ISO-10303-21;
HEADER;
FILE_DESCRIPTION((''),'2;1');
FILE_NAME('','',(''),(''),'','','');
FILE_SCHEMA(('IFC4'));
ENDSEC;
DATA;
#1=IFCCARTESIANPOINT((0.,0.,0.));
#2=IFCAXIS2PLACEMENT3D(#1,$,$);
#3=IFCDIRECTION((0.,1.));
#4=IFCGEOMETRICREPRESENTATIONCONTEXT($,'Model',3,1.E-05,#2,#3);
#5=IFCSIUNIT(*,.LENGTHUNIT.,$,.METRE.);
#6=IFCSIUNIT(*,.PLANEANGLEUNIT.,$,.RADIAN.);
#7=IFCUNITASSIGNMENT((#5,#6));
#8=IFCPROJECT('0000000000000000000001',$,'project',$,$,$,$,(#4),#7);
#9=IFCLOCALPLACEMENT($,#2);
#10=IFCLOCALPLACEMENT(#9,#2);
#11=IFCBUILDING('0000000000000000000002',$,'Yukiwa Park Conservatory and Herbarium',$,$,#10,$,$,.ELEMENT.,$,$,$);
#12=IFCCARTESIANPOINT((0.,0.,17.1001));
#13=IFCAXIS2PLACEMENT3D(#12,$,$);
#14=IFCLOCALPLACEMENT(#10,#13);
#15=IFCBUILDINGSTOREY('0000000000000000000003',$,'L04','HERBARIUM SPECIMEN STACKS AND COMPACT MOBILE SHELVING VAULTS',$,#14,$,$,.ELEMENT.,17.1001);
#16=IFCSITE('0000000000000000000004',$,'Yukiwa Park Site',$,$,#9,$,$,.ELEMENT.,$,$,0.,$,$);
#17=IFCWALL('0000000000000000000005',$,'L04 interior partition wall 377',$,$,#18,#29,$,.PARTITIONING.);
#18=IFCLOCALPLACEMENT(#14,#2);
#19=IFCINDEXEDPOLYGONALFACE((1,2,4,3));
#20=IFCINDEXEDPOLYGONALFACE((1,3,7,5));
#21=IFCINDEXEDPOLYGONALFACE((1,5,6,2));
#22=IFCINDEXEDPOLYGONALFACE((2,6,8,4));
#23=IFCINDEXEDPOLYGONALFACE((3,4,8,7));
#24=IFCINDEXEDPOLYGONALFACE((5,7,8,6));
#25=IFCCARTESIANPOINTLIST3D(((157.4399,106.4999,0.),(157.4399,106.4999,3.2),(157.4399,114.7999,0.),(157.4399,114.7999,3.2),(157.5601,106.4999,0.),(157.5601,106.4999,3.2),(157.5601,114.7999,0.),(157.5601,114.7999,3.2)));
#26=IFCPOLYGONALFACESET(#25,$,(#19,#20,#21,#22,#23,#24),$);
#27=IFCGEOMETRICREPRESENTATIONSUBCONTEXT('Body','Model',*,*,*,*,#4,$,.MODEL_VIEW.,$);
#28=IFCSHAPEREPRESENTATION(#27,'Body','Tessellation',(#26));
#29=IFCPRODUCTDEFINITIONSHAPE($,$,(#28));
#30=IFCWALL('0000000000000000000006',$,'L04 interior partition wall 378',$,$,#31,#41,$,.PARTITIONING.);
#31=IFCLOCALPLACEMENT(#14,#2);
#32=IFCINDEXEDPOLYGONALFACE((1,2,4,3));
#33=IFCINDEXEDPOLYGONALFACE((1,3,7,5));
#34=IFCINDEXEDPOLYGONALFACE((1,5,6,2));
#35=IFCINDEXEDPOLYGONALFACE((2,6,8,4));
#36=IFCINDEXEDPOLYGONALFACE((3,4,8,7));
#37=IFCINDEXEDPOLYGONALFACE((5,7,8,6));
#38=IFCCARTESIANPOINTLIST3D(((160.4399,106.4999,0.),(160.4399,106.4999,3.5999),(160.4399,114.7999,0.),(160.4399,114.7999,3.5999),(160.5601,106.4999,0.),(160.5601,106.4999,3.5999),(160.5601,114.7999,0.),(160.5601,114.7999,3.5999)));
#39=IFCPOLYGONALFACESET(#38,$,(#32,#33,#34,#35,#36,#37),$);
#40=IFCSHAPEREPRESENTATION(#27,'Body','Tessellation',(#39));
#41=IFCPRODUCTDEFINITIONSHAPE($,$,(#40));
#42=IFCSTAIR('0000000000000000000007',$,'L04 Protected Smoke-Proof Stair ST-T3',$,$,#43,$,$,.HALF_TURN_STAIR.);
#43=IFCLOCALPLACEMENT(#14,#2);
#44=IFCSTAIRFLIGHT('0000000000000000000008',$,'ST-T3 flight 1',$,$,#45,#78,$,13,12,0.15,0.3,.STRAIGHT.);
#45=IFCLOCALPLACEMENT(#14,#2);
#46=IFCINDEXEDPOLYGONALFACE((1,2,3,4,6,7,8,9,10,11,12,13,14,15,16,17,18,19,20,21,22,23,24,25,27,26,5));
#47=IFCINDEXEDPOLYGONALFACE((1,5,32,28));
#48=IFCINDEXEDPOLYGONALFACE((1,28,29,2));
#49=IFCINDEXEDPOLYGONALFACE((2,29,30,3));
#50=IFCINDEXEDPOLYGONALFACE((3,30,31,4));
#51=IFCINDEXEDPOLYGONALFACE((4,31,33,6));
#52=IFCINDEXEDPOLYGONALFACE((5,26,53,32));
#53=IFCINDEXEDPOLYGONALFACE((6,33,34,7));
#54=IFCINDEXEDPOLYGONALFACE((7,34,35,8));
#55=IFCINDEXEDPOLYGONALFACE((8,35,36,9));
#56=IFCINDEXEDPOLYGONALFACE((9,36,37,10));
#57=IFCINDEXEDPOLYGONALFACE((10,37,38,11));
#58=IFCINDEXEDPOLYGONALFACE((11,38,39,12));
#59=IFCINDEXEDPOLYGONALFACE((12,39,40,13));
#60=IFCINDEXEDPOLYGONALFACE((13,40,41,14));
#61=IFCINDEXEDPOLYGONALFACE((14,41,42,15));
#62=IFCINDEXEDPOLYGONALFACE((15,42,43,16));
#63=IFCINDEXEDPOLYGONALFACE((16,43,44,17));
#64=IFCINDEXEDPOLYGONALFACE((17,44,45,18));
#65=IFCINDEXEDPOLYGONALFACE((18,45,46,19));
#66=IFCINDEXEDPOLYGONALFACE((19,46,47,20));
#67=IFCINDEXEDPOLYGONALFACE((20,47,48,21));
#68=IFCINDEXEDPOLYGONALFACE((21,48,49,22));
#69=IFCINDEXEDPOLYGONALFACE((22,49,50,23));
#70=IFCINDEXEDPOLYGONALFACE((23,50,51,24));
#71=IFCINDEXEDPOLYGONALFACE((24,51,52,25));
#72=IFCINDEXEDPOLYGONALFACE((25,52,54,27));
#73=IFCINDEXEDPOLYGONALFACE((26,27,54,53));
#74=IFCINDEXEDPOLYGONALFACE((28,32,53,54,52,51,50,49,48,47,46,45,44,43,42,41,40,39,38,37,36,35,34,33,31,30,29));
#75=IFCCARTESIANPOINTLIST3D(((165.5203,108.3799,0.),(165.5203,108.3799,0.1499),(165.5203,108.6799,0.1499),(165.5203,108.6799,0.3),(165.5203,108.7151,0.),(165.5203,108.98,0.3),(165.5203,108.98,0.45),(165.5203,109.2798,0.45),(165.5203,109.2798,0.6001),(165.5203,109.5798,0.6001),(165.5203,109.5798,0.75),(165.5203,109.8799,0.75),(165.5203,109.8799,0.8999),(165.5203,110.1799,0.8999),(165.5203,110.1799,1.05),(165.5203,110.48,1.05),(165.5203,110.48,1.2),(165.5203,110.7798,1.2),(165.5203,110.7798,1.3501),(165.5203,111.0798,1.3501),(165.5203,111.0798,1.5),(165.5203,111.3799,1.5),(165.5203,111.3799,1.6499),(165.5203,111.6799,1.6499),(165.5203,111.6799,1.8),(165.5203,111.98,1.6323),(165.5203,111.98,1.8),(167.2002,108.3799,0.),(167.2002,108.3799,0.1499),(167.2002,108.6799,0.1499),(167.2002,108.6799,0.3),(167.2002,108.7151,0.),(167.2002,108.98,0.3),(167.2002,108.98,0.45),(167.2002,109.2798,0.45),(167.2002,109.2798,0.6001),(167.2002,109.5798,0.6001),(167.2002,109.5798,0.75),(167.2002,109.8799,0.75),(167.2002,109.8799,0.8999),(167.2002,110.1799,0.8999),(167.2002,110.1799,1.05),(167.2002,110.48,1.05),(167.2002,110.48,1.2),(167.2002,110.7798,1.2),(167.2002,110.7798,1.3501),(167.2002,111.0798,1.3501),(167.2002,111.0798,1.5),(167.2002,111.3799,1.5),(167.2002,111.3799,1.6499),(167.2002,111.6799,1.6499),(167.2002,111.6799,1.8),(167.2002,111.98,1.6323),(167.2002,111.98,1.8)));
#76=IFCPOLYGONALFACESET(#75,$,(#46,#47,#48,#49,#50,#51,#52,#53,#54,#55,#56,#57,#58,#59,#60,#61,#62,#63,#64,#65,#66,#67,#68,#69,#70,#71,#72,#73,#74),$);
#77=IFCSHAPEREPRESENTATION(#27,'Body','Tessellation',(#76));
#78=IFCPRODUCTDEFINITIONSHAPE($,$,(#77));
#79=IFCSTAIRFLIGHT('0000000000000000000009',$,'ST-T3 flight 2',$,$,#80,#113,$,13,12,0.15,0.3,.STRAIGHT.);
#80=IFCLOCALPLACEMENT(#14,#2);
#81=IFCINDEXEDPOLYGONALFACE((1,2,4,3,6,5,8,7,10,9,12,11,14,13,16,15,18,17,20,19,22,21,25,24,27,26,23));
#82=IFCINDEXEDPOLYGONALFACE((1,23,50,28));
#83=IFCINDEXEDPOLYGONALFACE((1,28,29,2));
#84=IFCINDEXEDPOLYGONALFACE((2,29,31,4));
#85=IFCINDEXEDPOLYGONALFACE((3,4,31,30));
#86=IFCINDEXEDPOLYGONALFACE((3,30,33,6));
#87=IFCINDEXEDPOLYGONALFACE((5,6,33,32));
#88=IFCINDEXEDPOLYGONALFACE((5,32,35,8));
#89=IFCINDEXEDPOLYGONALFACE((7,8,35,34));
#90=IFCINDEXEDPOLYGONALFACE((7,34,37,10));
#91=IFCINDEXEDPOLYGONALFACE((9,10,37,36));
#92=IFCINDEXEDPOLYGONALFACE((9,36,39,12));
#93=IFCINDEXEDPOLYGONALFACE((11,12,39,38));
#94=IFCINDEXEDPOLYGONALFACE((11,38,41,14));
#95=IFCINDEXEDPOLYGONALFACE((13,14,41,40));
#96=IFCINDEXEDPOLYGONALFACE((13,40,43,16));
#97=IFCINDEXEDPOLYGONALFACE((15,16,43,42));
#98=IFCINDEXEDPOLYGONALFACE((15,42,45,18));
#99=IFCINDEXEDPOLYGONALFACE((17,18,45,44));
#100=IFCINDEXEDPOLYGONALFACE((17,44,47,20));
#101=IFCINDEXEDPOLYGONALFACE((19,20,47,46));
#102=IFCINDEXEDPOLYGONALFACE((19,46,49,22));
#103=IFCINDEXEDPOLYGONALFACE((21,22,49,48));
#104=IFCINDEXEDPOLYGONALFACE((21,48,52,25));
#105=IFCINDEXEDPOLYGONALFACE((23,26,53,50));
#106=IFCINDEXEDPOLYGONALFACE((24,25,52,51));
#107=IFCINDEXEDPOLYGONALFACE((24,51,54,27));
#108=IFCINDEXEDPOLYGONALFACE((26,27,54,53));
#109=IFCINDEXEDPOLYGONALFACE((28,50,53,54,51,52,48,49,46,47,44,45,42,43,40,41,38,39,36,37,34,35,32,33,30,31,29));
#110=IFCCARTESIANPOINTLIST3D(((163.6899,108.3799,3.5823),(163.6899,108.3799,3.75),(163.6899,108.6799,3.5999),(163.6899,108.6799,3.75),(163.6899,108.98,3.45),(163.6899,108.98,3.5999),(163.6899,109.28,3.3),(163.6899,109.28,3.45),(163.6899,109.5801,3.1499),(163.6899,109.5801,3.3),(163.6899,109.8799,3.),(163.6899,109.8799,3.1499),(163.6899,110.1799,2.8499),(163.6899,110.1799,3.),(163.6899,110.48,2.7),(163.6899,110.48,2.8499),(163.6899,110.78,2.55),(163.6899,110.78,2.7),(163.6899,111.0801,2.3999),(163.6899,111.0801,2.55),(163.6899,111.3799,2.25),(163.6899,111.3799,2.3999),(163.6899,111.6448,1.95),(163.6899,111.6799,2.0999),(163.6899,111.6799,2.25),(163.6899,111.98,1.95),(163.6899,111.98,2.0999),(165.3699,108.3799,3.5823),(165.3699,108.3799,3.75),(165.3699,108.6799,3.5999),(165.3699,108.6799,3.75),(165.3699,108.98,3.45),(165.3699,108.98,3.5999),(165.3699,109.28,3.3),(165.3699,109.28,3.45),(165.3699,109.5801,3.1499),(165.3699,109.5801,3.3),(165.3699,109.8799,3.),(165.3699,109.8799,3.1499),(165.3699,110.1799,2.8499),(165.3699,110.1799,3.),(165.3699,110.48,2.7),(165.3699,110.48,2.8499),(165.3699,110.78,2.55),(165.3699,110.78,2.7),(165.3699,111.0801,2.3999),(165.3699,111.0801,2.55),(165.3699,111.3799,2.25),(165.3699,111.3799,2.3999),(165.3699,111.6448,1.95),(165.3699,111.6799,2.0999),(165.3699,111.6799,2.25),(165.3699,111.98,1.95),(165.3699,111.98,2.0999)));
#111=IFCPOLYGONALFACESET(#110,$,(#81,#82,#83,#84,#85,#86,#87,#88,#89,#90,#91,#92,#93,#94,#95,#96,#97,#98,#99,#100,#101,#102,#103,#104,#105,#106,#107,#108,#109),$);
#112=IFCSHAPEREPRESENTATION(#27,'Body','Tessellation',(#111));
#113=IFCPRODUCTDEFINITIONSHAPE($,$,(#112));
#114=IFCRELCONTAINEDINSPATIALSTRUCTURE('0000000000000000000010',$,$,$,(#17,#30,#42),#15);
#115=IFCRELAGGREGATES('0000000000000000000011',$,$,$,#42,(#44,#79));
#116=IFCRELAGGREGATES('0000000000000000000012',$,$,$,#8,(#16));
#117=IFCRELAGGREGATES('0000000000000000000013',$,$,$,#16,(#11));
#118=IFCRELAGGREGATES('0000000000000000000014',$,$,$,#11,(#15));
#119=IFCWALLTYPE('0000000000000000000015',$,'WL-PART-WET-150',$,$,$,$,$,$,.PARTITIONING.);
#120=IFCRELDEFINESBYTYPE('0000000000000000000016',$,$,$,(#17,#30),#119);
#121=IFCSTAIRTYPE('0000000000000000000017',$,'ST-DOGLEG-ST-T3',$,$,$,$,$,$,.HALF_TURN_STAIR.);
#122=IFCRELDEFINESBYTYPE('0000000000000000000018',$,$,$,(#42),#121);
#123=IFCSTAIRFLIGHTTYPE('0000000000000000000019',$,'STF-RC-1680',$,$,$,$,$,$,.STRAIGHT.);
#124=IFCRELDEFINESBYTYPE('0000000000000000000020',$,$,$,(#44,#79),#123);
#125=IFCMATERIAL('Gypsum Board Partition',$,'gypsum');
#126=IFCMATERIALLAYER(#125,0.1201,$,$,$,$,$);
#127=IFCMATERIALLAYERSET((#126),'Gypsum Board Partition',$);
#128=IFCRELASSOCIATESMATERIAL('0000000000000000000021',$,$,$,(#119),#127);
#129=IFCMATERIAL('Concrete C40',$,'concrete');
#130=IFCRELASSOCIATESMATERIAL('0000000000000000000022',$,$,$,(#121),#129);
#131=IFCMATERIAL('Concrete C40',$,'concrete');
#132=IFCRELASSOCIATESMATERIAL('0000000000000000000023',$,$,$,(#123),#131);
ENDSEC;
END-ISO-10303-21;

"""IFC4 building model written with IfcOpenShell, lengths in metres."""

from ifc_helpers import new_model, si_unit, direction, frame, frame_2d, origin, place, context, subcontext, project, spatial, polyline, rectangle, outline, extrude, material, layer, layer_set, type_object, element, aggregate, save


model = new_model("IFC4")

# Units and contexts
model_context = context("Model", 3, precision=1e-05, world=origin(), true_north=direction((0.0, 1.0)))
body_context = subcontext(model_context, "Body", "Model", "MODEL_VIEW")
ifc_project = project(units=[si_unit("LENGTHUNIT", "METRE"), si_unit("PLANEANGLEUNIT", "RADIAN")], contexts=[model_context])

# Site, building, storey
site_placement = place(None, origin())
site = spatial("IfcSite", under=ifc_project, at=site_placement, Name="Yukiwa Park Site", CompositionType="ELEMENT", RefElevation=0.0)
building_placement = place(site_placement, origin())
building = spatial("IfcBuilding", under=site, at=building_placement, Name="Yukiwa Park Conservatory and Herbarium", CompositionType="ELEMENT")
storey_placement = place(building_placement, frame((0.0, 0.0, 17.1001)))
storey = spatial("IfcBuildingStorey", under=building, at=storey_placement, Name="L04", Description="HERBARIUM SPECIMEN STACKS AND COMPACT MOBILE SHELVING VAULTS", CompositionType="ELEMENT", Elevation=17.1001)

# Shared definitions
ifc_material_1 = material(Name="Gypsum Board Partition", Category="gypsum")
ifc_layer_1 = layer(ifc_material_1, 0.1201)
ifc_layer_set_1 = layer_set([ifc_layer_1], Name="Gypsum Board Partition")
wall_type_1 = type_object("IfcWallType", Name="WL-PART-WET-150", PredefinedType="PARTITIONING", material=ifc_layer_set_1)

# Walls
wall_1_placement = place(storey_placement, frame((157.5, 106.5, 0.0), z_axis=(0.0, 0.0, 1.0), x_axis=(0.0, 1.0, 0.0)))
element("IfcWall", 1, at=wall_1_placement, inside=storey, type_object=wall_type_1, Name="L04 interior partition wall 377", PredefinedType="PARTITIONING", context=body_context, shape_type="SweptSolid", body=[
    extrude(rectangle(XDim=8.3, YDim=0.1201, at=frame_2d((4.1499, 0.0))), origin(), (0.0, 0.0, 1.0), 3.2),
])
wall_2_placement = place(storey_placement, frame((160.5, 106.5, 0.0), z_axis=(0.0, 0.0, 1.0), x_axis=(0.0, 1.0, 0.0)))
element("IfcWall", 2, at=wall_2_placement, inside=storey, type_object=wall_type_1, Name="L04 interior partition wall 378", PredefinedType="PARTITIONING", context=body_context, shape_type="SweptSolid", body=[
    extrude(rectangle(XDim=8.3, YDim=0.1201, at=frame_2d((4.1499, 0.0))), origin(), (0.0, 0.0, 1.0), 3.5999),
])

# Stair, stair flights
ifc_material_2 = material(Name="Concrete C40", Category="concrete")
stair_type = type_object("IfcStairType", Name="ST-DOGLEG-ST-T3", PredefinedType="HALF_TURN_STAIR", material=ifc_material_2)
stair_placement = place(storey_placement, origin())
stair = element("IfcStair", 3, at=stair_placement, inside=storey, type_object=stair_type, Name="L04 Protected Smoke-Proof Stair ST-T3", PredefinedType="HALF_TURN_STAIR")
ifc_material_3 = material(Name="Concrete C40", Category="concrete")
stair_flight_type = type_object("IfcStairFlightType", Name="STF-RC-1680", PredefinedType="STRAIGHT", material=ifc_material_3)
stair_flight_1_placement = place(storey_placement, frame((166.3601, 108.3799, 0.0), z_axis=(0.0, 0.0, 1.0), x_axis=(0.0, 1.0, 0.0)))
stair_flight_1 = element("IfcStairFlight", 4, at=stair_flight_1_placement, type_object=stair_flight_type, Name="ST-T3 flight 1", NumberOfRisers=13, NumberOfTreads=12, PredefinedType="STRAIGHT", RiserHeight=0.15, TreadLength=0.3, context=body_context, shape_type="SweptSolid", body=[
    extrude(outline(polyline([(0.0, 0.0), (0.0, 0.1499), (0.3, 0.1499), (0.3, 0.3), (0.6001, 0.3), (0.6001, 0.45), (0.8999, 0.45), (0.8999, 0.6001), (1.2, 0.6001), (1.2, 0.75), (1.5, 0.75), (1.5, 0.8999), (1.8, 0.8999), (1.8, 1.05), (2.1001, 1.05), (2.1001, 1.2), (2.3999, 1.2), (2.3999, 1.3501), (2.7, 1.3501), (2.7, 1.5), (3.0, 1.5), (3.0, 1.6499), (3.3, 1.6499), (3.3, 1.8), (3.6001, 1.8), (3.6001, 1.95), (3.6001, 1.6323), (0.3352, 0.0), (0.0, 0.0)])), frame((0.0, 0.8398, 0.0), z_axis=(0.0, -1.0, 0.0), x_axis=(1.0, 0.0, 0.0)), (0.0, 0.0, 1.0), 1.6799),
])
stair_flight_2_placement = place(storey_placement, frame((164.53, 111.98, 1.95), z_axis=(0.0, 0.0, 1.0), x_axis=(0.0, -1.0, 0.0)))
stair_flight_2 = element("IfcStairFlight", 5, at=stair_flight_2_placement, type_object=stair_flight_type, Name="ST-T3 flight 2", NumberOfRisers=13, NumberOfTreads=12, PredefinedType="STRAIGHT", RiserHeight=0.15, TreadLength=0.3, context=body_context, shape_type="SweptSolid", body=[
    extrude(outline(polyline([(0.0, 0.0), (0.0, 0.1499), (0.3, 0.1499), (0.3, 0.3), (0.6001, 0.3), (0.6001, 0.45), (0.8999, 0.45), (0.8999, 0.6001), (1.2, 0.6001), (1.2, 0.75), (1.5, 0.75), (1.5, 0.8999), (1.8, 0.8999), (1.8, 1.05), (2.1001, 1.05), (2.1001, 1.2), (2.3999, 1.2), (2.3999, 1.3501), (2.7, 1.3501), (2.7, 1.5), (3.0, 1.5), (3.0, 1.6499), (3.3, 1.6499), (3.3, 1.8), (3.6001, 1.8), (3.6001, 1.95), (3.6001, 1.6323), (0.3352, 0.0), (0.0, 0.0)])), frame((0.0, 0.8398, 0.0), z_axis=(0.0, -1.0, 0.0), x_axis=(1.0, 0.0, 0.0)), (0.0, 0.0, 1.0), 1.6799),
])
aggregate(stair, [stair_flight_1, stair_flight_2])

save(model, "model.ifc")
